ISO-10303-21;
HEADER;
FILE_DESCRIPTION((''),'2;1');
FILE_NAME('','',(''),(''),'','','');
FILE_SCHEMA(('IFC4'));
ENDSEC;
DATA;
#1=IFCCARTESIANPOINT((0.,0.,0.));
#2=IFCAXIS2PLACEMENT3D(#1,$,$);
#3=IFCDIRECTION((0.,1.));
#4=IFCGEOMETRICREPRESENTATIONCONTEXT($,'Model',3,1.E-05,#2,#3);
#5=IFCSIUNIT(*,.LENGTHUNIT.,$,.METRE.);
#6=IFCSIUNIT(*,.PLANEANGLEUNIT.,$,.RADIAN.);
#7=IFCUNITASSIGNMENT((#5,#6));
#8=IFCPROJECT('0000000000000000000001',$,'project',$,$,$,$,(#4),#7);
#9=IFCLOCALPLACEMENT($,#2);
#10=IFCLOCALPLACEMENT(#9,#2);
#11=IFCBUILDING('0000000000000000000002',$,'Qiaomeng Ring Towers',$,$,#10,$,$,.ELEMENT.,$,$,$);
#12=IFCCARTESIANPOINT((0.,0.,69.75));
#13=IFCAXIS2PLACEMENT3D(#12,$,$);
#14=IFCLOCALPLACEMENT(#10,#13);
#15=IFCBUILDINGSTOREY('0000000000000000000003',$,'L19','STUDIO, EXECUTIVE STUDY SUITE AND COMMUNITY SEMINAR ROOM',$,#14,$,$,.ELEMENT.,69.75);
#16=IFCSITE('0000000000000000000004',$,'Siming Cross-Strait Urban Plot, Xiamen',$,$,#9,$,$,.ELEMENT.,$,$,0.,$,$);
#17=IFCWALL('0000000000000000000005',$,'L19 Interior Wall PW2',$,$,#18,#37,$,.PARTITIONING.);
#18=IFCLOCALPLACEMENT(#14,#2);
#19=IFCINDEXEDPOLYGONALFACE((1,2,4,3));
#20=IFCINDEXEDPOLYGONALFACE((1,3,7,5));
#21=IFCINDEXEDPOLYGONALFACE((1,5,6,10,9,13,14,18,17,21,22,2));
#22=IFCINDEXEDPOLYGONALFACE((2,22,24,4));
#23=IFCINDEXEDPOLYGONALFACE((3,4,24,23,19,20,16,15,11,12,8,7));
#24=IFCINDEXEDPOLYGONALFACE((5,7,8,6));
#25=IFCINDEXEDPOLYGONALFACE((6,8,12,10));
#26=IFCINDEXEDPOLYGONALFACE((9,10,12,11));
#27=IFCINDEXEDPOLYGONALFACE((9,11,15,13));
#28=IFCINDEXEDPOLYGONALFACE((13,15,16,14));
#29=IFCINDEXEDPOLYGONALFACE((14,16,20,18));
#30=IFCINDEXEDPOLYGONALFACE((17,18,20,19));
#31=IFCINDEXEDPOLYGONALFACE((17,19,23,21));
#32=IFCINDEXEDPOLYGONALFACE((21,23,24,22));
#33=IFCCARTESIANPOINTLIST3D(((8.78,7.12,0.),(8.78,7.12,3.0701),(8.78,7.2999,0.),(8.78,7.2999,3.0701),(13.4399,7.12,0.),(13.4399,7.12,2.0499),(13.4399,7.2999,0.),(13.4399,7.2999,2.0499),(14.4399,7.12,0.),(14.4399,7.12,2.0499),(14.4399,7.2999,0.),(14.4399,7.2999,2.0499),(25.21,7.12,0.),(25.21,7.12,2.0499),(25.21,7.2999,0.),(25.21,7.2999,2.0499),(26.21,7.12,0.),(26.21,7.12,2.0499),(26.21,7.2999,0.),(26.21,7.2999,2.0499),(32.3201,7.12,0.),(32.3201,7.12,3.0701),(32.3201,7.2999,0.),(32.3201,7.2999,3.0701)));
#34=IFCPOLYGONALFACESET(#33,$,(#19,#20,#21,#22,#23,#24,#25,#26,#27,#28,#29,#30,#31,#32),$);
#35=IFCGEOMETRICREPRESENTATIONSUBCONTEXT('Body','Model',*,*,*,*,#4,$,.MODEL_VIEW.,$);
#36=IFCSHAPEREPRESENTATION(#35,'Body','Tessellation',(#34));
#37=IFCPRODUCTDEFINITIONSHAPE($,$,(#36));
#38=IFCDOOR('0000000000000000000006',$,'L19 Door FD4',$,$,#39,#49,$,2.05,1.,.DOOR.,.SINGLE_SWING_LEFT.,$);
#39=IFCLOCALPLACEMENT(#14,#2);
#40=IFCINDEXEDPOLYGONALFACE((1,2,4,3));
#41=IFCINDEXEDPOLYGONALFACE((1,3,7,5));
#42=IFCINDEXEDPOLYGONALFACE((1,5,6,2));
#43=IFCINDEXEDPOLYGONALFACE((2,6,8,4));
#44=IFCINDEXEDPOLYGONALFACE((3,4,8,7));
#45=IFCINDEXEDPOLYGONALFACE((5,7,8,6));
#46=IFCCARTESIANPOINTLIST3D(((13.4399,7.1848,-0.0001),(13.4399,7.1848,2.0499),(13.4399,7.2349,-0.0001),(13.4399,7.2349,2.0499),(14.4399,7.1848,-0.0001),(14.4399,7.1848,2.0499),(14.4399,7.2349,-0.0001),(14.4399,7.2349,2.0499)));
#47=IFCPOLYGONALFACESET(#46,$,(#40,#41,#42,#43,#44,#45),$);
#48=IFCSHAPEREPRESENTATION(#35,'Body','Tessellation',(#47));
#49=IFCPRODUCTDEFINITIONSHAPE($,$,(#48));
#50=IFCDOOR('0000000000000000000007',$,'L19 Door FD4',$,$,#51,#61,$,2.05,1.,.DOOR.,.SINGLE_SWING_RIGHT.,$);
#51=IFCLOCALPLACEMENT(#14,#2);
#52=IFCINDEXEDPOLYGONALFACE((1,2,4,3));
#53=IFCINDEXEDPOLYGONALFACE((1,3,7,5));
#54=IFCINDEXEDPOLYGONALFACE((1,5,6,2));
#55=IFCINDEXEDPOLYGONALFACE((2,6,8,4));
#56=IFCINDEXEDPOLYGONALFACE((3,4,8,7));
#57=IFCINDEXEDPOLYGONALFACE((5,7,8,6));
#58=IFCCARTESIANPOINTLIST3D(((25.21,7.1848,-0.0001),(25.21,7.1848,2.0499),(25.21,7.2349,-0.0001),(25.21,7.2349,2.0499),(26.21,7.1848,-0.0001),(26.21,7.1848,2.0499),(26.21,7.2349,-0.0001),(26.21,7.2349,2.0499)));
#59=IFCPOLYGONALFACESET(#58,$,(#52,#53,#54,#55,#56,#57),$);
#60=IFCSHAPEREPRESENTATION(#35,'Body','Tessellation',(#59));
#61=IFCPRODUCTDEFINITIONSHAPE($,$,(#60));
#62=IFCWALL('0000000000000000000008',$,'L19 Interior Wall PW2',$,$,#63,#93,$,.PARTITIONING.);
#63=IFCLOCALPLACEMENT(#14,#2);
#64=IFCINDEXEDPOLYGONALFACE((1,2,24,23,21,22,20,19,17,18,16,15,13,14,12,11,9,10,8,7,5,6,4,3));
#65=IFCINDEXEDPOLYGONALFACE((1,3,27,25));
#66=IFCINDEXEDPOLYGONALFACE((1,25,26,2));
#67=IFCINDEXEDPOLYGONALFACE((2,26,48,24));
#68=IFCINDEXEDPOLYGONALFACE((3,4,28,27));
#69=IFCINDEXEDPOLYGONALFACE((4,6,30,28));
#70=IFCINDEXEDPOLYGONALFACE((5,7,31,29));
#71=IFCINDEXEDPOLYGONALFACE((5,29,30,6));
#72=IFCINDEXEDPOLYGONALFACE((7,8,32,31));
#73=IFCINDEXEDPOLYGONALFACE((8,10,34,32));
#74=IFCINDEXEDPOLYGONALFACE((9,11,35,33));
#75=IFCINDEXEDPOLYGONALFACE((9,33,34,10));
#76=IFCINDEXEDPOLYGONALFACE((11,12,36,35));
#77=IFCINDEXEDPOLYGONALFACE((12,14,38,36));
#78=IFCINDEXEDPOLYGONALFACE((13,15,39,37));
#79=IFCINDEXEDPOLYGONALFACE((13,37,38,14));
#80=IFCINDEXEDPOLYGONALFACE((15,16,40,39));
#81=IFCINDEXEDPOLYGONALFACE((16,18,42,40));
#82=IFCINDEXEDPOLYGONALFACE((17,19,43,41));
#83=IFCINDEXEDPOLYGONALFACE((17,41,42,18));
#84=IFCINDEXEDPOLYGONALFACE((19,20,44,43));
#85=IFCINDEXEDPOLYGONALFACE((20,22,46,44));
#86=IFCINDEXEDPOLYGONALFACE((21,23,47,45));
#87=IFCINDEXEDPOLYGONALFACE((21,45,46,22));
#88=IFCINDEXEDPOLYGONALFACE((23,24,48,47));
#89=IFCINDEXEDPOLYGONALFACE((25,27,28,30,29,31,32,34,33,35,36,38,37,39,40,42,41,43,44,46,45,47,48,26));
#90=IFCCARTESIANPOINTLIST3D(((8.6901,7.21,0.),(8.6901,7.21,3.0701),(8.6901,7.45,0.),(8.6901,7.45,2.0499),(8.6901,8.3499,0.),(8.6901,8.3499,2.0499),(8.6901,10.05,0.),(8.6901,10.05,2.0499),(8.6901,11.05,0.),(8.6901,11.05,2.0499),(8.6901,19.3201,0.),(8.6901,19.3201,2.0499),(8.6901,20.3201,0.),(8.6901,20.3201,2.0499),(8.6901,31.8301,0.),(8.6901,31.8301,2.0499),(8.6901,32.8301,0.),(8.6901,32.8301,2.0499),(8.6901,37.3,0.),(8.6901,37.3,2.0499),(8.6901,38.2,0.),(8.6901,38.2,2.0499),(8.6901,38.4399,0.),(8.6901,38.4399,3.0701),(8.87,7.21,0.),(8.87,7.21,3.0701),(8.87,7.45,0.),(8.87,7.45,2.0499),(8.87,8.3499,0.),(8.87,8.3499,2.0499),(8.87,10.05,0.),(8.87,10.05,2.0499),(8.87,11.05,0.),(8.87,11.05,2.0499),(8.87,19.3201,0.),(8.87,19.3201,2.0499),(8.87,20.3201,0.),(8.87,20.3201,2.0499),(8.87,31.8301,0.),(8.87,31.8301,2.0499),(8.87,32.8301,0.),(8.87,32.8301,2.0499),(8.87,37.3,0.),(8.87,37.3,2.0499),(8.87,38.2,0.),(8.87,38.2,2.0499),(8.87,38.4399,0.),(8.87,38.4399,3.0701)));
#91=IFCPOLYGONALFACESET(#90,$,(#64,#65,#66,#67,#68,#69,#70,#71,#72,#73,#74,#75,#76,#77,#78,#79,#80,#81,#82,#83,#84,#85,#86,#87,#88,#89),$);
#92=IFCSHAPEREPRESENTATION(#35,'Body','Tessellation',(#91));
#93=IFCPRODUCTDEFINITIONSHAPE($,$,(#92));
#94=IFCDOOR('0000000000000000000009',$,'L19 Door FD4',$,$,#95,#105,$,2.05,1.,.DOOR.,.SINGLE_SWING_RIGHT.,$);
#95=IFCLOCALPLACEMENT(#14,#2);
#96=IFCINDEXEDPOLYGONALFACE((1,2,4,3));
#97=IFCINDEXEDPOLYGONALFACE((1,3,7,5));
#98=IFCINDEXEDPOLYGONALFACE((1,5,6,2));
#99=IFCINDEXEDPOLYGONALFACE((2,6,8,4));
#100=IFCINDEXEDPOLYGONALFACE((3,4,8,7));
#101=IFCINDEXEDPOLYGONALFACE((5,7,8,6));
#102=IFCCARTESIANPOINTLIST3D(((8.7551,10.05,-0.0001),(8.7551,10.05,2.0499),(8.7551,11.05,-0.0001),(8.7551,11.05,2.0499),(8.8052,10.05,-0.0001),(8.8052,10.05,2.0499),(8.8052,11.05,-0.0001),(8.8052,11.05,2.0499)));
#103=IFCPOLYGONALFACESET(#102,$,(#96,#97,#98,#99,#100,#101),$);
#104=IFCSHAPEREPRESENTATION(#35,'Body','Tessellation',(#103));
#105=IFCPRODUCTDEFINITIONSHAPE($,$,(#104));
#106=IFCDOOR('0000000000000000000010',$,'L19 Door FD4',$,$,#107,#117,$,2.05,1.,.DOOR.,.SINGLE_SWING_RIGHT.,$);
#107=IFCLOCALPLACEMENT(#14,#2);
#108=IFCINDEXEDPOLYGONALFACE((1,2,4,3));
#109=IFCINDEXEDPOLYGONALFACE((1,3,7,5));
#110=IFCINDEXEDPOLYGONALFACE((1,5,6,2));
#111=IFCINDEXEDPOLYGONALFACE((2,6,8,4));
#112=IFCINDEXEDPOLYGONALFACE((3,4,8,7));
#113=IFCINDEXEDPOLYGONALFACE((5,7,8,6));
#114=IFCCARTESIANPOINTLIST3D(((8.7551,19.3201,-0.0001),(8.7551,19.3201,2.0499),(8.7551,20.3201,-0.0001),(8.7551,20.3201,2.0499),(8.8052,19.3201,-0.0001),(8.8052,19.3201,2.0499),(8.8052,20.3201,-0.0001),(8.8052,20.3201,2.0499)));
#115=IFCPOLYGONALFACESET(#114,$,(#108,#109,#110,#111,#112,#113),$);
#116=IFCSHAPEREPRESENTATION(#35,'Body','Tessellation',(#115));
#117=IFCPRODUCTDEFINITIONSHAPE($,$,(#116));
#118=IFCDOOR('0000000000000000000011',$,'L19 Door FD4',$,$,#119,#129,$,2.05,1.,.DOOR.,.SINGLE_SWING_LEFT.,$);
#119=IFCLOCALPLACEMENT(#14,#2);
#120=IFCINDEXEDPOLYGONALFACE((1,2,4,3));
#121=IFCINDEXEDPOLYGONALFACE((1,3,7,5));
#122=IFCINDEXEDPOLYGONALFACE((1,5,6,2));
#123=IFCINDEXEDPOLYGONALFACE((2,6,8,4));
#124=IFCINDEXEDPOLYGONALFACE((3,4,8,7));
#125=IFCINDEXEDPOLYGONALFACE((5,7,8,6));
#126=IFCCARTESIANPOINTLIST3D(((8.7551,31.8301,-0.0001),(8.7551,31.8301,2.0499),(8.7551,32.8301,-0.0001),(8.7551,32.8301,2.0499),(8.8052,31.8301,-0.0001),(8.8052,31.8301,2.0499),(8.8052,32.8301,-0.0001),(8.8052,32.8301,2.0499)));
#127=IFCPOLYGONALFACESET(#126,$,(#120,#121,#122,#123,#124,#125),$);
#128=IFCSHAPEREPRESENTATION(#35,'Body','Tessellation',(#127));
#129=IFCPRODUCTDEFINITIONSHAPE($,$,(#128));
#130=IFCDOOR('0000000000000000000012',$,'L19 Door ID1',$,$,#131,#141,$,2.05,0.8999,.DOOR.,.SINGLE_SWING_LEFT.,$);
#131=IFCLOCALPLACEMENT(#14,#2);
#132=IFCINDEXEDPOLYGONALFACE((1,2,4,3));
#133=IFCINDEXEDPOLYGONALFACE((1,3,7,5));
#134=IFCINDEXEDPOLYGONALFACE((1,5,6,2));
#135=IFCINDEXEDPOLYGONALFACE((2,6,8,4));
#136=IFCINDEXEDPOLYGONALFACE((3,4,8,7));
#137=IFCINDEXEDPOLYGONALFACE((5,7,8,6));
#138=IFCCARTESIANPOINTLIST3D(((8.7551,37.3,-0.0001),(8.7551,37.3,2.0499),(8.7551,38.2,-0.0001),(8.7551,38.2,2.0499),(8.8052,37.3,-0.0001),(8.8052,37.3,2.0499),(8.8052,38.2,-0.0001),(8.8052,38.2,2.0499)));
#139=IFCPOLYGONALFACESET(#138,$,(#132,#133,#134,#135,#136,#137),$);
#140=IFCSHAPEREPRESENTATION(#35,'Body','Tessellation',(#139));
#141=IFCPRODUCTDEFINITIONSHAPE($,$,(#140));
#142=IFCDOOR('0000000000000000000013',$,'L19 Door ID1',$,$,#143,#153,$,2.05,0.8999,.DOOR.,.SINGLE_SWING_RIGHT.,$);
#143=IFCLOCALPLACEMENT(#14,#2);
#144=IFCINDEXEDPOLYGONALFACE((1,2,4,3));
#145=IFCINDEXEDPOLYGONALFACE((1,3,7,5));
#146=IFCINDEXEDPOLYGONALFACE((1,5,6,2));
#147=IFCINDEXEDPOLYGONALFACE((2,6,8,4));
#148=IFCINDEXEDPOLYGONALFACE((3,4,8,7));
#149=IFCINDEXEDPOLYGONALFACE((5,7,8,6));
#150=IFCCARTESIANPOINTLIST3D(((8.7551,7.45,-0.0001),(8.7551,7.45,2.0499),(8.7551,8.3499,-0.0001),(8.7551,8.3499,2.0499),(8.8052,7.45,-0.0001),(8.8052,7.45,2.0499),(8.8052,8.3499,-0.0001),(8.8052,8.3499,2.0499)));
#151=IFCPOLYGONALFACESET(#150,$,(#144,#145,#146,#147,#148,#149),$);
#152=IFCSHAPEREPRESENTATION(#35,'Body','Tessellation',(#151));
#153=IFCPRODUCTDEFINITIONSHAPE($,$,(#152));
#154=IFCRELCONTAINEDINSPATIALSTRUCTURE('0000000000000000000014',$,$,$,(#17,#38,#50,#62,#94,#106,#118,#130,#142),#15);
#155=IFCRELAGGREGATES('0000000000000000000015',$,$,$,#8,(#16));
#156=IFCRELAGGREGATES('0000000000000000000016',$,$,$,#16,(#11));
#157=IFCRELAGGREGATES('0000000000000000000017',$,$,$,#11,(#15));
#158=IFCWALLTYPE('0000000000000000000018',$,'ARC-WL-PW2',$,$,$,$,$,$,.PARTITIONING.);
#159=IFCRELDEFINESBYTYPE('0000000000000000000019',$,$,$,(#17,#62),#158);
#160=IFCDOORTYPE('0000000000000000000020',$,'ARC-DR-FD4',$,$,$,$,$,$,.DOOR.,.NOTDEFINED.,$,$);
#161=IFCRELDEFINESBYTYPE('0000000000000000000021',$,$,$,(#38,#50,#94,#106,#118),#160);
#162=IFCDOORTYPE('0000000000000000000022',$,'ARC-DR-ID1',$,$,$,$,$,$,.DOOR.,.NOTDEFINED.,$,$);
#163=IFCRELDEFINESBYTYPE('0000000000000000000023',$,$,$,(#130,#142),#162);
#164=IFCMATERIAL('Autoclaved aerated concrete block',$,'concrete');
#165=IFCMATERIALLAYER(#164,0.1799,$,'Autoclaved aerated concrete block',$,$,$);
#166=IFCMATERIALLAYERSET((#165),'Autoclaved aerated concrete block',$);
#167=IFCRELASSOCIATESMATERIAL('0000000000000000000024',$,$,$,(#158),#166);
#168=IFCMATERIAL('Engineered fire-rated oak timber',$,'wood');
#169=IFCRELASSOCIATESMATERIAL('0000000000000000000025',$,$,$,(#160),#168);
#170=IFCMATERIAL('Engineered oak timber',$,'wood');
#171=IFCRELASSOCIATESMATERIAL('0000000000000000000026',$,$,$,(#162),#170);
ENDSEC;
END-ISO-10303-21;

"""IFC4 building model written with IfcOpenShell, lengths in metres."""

from ifc_helpers import new_model, si_unit, direction, frame, frame_2d, origin, place, context, subcontext, project, spatial, rectangle, extrude, source, transform, mapped, material, layer, layer_set, type_object, element, fill, save


model = new_model("IFC4")

# Units and contexts
model_context = context("Model", 3, precision=1e-05, world=origin(), true_north=direction((0.0, 1.0)))
body_context = subcontext(model_context, "Body", "Model", "MODEL_VIEW")
ifc_project = project(units=[si_unit("LENGTHUNIT", "METRE"), si_unit("PLANEANGLEUNIT", "RADIAN")], contexts=[model_context])

# Site, building, storey
site_placement = place(None, origin())
site = spatial("IfcSite", under=ifc_project, at=site_placement, Name="Siming Cross-Strait Urban Plot, Xiamen", CompositionType="ELEMENT", RefElevation=0.0)
building_placement = place(site_placement, origin())
building = spatial("IfcBuilding", under=site, at=building_placement, Name="Qiaomeng Ring Towers", CompositionType="ELEMENT")
storey_placement = place(building_placement, frame((0.0, 0.0, 69.75)))
storey = spatial("IfcBuildingStorey", under=building, at=storey_placement, Name="L19", Description="STUDIO, EXECUTIVE STUDY SUITE AND COMMUNITY SEMINAR ROOM", CompositionType="ELEMENT", Elevation=69.75)

# Walls, openings, doors
ifc_material_1 = material(Name="Autoclaved aerated concrete block", Category="concrete")
ifc_layer_1 = layer(ifc_material_1, 0.1799, Name="Autoclaved aerated concrete block")
ifc_layer_set_1 = layer_set([ifc_layer_1], Name="Autoclaved aerated concrete block")
wall_type_1 = type_object("IfcWallType", Name="ARC-WL-PW2", PredefinedType="PARTITIONING", material=ifc_layer_set_1)
wall_1_placement = place(storey_placement, frame((8.78, 7.21, 0.0), z_axis=(0.0, 0.0, 1.0), x_axis=(1.0, 0.0, 0.0)))
wall_1 = element("IfcWall", 1, at=wall_1_placement, inside=storey, type_object=wall_type_1, Name="L19 Interior Wall PW2", PredefinedType="PARTITIONING", context=body_context, shape_type="SweptSolid", body=[
    extrude(rectangle(XDim=23.54, YDim=0.1799, at=frame_2d((11.77, 0.0))), origin(), (0.0, 0.0, 1.0), 3.0701),
])
opening_1_placement = place(wall_1_placement, frame((4.6599, 0.0, 0.0)))
opening_1 = element("IfcOpeningElement", 2, at=opening_1_placement, cuts=wall_1, PredefinedType="OPENING", context=body_context, shape_type="SweptSolid", body=[
    extrude(rectangle(XDim=1.0, YDim=2.05, at=frame_2d((0.5, 1.0249))), frame((0.0, 0.0999, 0.0), z_axis=(0.0, -1.0, 0.0), x_axis=(1.0, 0.0, 0.0)), (0.0, 0.0, 1.0), 0.2),
])
opening_2_placement = place(wall_1_placement, frame((16.4299, 0.0, 0.0)))
opening_2 = element("IfcOpeningElement", 3, at=opening_2_placement, cuts=wall_1, PredefinedType="OPENING", context=body_context, shape_type="SweptSolid", body=[
    extrude(rectangle(XDim=1.0, YDim=2.05, at=frame_2d((0.5, 1.0249))), frame((0.0, 0.0999, 0.0), z_axis=(0.0, -1.0, 0.0), x_axis=(1.0, 0.0, 0.0)), (0.0, 0.0, 1.0), 0.2),
])
ifc_material_2 = material(Name="Engineered fire-rated oak timber", Category="wood")
door_type_1 = type_object("IfcDoorType", Name="ARC-DR-FD4", OperationType="NOTDEFINED", PredefinedType="DOOR", material=ifc_material_2)
shared_shape_1 = source(origin(), body_context, "Body", "SweptSolid", [
    extrude(rectangle(XDim=1.0, YDim=2.05, at=frame_2d((0.5, 1.0249))), frame((0.0, 0.0249, 0.0), z_axis=(0.0, -1.0, 0.0), x_axis=(1.0, 0.0, 0.0)), (0.0, 0.0, 1.0), 0.05),
])
door_1_placement = place(opening_1_placement, origin())
door_1 = element("IfcDoor", 4, at=door_1_placement, inside=storey, type_object=door_type_1, Name="L19 Door FD4", OperationType="SINGLE_SWING_LEFT", OverallHeight=2.05, OverallWidth=1.0, PredefinedType="DOOR", context=body_context, shape_type="MappedRepresentation", body=[
    mapped(shared_shape_1, transform((0.0, 0.0, 0.0), x_axis=(1.0, 0.0, 0.0), y_axis=(0.0, 1.0, 0.0), z_axis=(0.0, 0.0, 1.0), scale=1.0)),
])
fill(opening_1, door_1)
door_2_placement = place(opening_2_placement, origin())
door_2 = element("IfcDoor", 5, at=door_2_placement, inside=storey, type_object=door_type_1, Name="L19 Door FD4", OperationType="SINGLE_SWING_RIGHT", OverallHeight=2.05, OverallWidth=1.0, PredefinedType="DOOR", context=body_context, shape_type="MappedRepresentation", body=[
    mapped(shared_shape_1, transform((0.0, 0.0, 0.0), x_axis=(1.0, 0.0, 0.0), y_axis=(0.0, 1.0, 0.0), z_axis=(0.0, 0.0, 1.0), scale=1.0)),
])
fill(opening_2, door_2)
wall_2_placement = place(storey_placement, frame((8.78, 7.21, 0.0), z_axis=(0.0, 0.0, 1.0), x_axis=(0.0, 1.0, 0.0)))
wall_2 = element("IfcWall", 6, at=wall_2_placement, inside=storey, type_object=wall_type_1, Name="L19 Interior Wall PW2", PredefinedType="PARTITIONING", context=body_context, shape_type="SweptSolid", body=[
    extrude(rectangle(XDim=31.23, YDim=0.1799, at=frame_2d((15.615, 0.0))), origin(), (0.0, 0.0, 1.0), 3.0701),
])
opening_3_placement = place(wall_2_placement, frame((30.0901, 0.0, 0.0)))
opening_3 = element("IfcOpeningElement", 7, at=opening_3_placement, cuts=wall_2, PredefinedType="OPENING", context=body_context, shape_type="SweptSolid", body=[
    extrude(rectangle(XDim=0.8999, YDim=2.05, at=frame_2d((0.45, 1.0249))), frame((0.0, 0.0999, 0.0), z_axis=(0.0, -1.0, 0.0), x_axis=(1.0, 0.0, 0.0)), (0.0, 0.0, 1.0), 0.2),
])
opening_4_placement = place(wall_2_placement, frame((0.24, 0.0, 0.0)))
opening_4 = element("IfcOpeningElement", 8, at=opening_4_placement, cuts=wall_2, PredefinedType="OPENING", context=body_context, shape_type="SweptSolid", body=[
    extrude(rectangle(XDim=0.8999, YDim=2.05, at=frame_2d((0.45, 1.0249))), frame((0.0, 0.0999, 0.0), z_axis=(0.0, -1.0, 0.0), x_axis=(1.0, 0.0, 0.0)), (0.0, 0.0, 1.0), 0.2),
])
opening_5_placement = place(wall_2_placement, frame((2.8401, 0.0, 0.0)))
opening_5 = element("IfcOpeningElement", 9, at=opening_5_placement, cuts=wall_2, PredefinedType="OPENING", context=body_context, shape_type="SweptSolid", body=[
    extrude(rectangle(XDim=1.0, YDim=2.05, at=frame_2d((0.5, 1.0249))), frame((0.0, 0.0999, 0.0), z_axis=(0.0, -1.0, 0.0), x_axis=(1.0, 0.0, 0.0)), (0.0, 0.0, 1.0), 0.2),
])
opening_6_placement = place(wall_2_placement, frame((12.1101, 0.0, 0.0)))
opening_6 = element("IfcOpeningElement", 10, at=opening_6_placement, cuts=wall_2, PredefinedType="OPENING", context=body_context, shape_type="SweptSolid", body=[
    extrude(rectangle(XDim=1.0, YDim=2.05, at=frame_2d((0.5, 1.0249))), frame((0.0, 0.0999, 0.0), z_axis=(0.0, -1.0, 0.0), x_axis=(1.0, 0.0, 0.0)), (0.0, 0.0, 1.0), 0.2),
])
opening_7_placement = place(wall_2_placement, frame((24.6201, 0.0, 0.0)))
opening_7 = element("IfcOpeningElement", 11, at=opening_7_placement, cuts=wall_2, PredefinedType="OPENING", context=body_context, shape_type="SweptSolid", body=[
    extrude(rectangle(XDim=1.0, YDim=2.05, at=frame_2d((0.5, 1.0249))), frame((0.0, 0.0999, 0.0), z_axis=(0.0, -1.0, 0.0), x_axis=(1.0, 0.0, 0.0)), (0.0, 0.0, 1.0), 0.2),
])
door_3_placement = place(opening_5_placement, origin())
door_3 = element("IfcDoor", 12, at=door_3_placement, inside=storey, type_object=door_type_1, Name="L19 Door FD4", OperationType="SINGLE_SWING_RIGHT", OverallHeight=2.05, OverallWidth=1.0, PredefinedType="DOOR", context=body_context, shape_type="MappedRepresentation", body=[
    mapped(shared_shape_1, transform((0.0, 0.0, 0.0), x_axis=(1.0, 0.0, 0.0), y_axis=(0.0, 1.0, 0.0), z_axis=(0.0, 0.0, 1.0), scale=1.0)),
])
fill(opening_5, door_3)
door_4_placement = place(opening_6_placement, origin())
door_4 = element("IfcDoor", 13, at=door_4_placement, inside=storey, type_object=door_type_1, Name="L19 Door FD4", OperationType="SINGLE_SWING_RIGHT", OverallHeight=2.05, OverallWidth=1.0, PredefinedType="DOOR", context=body_context, shape_type="MappedRepresentation", body=[
    mapped(shared_shape_1, transform((0.0, 0.0, 0.0), x_axis=(1.0, 0.0, 0.0), y_axis=(0.0, 1.0, 0.0), z_axis=(0.0, 0.0, 1.0), scale=1.0)),
])
fill(opening_6, door_4)
door_5_placement = place(opening_7_placement, origin())
door_5 = element("IfcDoor", 14, at=door_5_placement, inside=storey, type_object=door_type_1, Name="L19 Door FD4", OperationType="SINGLE_SWING_LEFT", OverallHeight=2.05, OverallWidth=1.0, PredefinedType="DOOR", context=body_context, shape_type="MappedRepresentation", body=[
    mapped(shared_shape_1, transform((0.0, 0.0, 0.0), x_axis=(1.0, 0.0, 0.0), y_axis=(0.0, 1.0, 0.0), z_axis=(0.0, 0.0, 1.0), scale=1.0)),
])
fill(opening_7, door_5)
ifc_material_3 = material(Name="Engineered oak timber", Category="wood")
door_type_2 = type_object("IfcDoorType", Name="ARC-DR-ID1", OperationType="NOTDEFINED", PredefinedType="DOOR", material=ifc_material_3)
shared_shape_2 = source(origin(), body_context, "Body", "SweptSolid", [
    extrude(rectangle(XDim=0.8999, YDim=2.05, at=frame_2d((0.45, 1.0249))), frame((0.0, 0.0249, 0.0), z_axis=(0.0, -1.0, 0.0), x_axis=(1.0, 0.0, 0.0)), (0.0, 0.0, 1.0), 0.05),
])
door_6_placement = place(opening_3_placement, origin())
door_6 = element("IfcDoor", 15, at=door_6_placement, inside=storey, type_object=door_type_2, Name="L19 Door ID1", OperationType="SINGLE_SWING_LEFT", OverallHeight=2.05, OverallWidth=0.8999, PredefinedType="DOOR", context=body_context, shape_type="MappedRepresentation", body=[
    mapped(shared_shape_2, transform((0.0, 0.0, 0.0), x_axis=(1.0, 0.0, 0.0), y_axis=(0.0, 1.0, 0.0), z_axis=(0.0, 0.0, 1.0), scale=1.0)),
])
fill(opening_3, door_6)
door_7_placement = place(opening_4_placement, origin())
door_7 = element("IfcDoor", 16, at=door_7_placement, inside=storey, type_object=door_type_2, Name="L19 Door ID1", OperationType="SINGLE_SWING_RIGHT", OverallHeight=2.05, OverallWidth=0.8999, PredefinedType="DOOR", context=body_context, shape_type="MappedRepresentation", body=[
    mapped(shared_shape_2, transform((0.0, 0.0, 0.0), x_axis=(1.0, 0.0, 0.0), y_axis=(0.0, 1.0, 0.0), z_axis=(0.0, 0.0, 1.0), scale=1.0)),
])
fill(opening_4, door_7)

save(model, "model.ifc")
